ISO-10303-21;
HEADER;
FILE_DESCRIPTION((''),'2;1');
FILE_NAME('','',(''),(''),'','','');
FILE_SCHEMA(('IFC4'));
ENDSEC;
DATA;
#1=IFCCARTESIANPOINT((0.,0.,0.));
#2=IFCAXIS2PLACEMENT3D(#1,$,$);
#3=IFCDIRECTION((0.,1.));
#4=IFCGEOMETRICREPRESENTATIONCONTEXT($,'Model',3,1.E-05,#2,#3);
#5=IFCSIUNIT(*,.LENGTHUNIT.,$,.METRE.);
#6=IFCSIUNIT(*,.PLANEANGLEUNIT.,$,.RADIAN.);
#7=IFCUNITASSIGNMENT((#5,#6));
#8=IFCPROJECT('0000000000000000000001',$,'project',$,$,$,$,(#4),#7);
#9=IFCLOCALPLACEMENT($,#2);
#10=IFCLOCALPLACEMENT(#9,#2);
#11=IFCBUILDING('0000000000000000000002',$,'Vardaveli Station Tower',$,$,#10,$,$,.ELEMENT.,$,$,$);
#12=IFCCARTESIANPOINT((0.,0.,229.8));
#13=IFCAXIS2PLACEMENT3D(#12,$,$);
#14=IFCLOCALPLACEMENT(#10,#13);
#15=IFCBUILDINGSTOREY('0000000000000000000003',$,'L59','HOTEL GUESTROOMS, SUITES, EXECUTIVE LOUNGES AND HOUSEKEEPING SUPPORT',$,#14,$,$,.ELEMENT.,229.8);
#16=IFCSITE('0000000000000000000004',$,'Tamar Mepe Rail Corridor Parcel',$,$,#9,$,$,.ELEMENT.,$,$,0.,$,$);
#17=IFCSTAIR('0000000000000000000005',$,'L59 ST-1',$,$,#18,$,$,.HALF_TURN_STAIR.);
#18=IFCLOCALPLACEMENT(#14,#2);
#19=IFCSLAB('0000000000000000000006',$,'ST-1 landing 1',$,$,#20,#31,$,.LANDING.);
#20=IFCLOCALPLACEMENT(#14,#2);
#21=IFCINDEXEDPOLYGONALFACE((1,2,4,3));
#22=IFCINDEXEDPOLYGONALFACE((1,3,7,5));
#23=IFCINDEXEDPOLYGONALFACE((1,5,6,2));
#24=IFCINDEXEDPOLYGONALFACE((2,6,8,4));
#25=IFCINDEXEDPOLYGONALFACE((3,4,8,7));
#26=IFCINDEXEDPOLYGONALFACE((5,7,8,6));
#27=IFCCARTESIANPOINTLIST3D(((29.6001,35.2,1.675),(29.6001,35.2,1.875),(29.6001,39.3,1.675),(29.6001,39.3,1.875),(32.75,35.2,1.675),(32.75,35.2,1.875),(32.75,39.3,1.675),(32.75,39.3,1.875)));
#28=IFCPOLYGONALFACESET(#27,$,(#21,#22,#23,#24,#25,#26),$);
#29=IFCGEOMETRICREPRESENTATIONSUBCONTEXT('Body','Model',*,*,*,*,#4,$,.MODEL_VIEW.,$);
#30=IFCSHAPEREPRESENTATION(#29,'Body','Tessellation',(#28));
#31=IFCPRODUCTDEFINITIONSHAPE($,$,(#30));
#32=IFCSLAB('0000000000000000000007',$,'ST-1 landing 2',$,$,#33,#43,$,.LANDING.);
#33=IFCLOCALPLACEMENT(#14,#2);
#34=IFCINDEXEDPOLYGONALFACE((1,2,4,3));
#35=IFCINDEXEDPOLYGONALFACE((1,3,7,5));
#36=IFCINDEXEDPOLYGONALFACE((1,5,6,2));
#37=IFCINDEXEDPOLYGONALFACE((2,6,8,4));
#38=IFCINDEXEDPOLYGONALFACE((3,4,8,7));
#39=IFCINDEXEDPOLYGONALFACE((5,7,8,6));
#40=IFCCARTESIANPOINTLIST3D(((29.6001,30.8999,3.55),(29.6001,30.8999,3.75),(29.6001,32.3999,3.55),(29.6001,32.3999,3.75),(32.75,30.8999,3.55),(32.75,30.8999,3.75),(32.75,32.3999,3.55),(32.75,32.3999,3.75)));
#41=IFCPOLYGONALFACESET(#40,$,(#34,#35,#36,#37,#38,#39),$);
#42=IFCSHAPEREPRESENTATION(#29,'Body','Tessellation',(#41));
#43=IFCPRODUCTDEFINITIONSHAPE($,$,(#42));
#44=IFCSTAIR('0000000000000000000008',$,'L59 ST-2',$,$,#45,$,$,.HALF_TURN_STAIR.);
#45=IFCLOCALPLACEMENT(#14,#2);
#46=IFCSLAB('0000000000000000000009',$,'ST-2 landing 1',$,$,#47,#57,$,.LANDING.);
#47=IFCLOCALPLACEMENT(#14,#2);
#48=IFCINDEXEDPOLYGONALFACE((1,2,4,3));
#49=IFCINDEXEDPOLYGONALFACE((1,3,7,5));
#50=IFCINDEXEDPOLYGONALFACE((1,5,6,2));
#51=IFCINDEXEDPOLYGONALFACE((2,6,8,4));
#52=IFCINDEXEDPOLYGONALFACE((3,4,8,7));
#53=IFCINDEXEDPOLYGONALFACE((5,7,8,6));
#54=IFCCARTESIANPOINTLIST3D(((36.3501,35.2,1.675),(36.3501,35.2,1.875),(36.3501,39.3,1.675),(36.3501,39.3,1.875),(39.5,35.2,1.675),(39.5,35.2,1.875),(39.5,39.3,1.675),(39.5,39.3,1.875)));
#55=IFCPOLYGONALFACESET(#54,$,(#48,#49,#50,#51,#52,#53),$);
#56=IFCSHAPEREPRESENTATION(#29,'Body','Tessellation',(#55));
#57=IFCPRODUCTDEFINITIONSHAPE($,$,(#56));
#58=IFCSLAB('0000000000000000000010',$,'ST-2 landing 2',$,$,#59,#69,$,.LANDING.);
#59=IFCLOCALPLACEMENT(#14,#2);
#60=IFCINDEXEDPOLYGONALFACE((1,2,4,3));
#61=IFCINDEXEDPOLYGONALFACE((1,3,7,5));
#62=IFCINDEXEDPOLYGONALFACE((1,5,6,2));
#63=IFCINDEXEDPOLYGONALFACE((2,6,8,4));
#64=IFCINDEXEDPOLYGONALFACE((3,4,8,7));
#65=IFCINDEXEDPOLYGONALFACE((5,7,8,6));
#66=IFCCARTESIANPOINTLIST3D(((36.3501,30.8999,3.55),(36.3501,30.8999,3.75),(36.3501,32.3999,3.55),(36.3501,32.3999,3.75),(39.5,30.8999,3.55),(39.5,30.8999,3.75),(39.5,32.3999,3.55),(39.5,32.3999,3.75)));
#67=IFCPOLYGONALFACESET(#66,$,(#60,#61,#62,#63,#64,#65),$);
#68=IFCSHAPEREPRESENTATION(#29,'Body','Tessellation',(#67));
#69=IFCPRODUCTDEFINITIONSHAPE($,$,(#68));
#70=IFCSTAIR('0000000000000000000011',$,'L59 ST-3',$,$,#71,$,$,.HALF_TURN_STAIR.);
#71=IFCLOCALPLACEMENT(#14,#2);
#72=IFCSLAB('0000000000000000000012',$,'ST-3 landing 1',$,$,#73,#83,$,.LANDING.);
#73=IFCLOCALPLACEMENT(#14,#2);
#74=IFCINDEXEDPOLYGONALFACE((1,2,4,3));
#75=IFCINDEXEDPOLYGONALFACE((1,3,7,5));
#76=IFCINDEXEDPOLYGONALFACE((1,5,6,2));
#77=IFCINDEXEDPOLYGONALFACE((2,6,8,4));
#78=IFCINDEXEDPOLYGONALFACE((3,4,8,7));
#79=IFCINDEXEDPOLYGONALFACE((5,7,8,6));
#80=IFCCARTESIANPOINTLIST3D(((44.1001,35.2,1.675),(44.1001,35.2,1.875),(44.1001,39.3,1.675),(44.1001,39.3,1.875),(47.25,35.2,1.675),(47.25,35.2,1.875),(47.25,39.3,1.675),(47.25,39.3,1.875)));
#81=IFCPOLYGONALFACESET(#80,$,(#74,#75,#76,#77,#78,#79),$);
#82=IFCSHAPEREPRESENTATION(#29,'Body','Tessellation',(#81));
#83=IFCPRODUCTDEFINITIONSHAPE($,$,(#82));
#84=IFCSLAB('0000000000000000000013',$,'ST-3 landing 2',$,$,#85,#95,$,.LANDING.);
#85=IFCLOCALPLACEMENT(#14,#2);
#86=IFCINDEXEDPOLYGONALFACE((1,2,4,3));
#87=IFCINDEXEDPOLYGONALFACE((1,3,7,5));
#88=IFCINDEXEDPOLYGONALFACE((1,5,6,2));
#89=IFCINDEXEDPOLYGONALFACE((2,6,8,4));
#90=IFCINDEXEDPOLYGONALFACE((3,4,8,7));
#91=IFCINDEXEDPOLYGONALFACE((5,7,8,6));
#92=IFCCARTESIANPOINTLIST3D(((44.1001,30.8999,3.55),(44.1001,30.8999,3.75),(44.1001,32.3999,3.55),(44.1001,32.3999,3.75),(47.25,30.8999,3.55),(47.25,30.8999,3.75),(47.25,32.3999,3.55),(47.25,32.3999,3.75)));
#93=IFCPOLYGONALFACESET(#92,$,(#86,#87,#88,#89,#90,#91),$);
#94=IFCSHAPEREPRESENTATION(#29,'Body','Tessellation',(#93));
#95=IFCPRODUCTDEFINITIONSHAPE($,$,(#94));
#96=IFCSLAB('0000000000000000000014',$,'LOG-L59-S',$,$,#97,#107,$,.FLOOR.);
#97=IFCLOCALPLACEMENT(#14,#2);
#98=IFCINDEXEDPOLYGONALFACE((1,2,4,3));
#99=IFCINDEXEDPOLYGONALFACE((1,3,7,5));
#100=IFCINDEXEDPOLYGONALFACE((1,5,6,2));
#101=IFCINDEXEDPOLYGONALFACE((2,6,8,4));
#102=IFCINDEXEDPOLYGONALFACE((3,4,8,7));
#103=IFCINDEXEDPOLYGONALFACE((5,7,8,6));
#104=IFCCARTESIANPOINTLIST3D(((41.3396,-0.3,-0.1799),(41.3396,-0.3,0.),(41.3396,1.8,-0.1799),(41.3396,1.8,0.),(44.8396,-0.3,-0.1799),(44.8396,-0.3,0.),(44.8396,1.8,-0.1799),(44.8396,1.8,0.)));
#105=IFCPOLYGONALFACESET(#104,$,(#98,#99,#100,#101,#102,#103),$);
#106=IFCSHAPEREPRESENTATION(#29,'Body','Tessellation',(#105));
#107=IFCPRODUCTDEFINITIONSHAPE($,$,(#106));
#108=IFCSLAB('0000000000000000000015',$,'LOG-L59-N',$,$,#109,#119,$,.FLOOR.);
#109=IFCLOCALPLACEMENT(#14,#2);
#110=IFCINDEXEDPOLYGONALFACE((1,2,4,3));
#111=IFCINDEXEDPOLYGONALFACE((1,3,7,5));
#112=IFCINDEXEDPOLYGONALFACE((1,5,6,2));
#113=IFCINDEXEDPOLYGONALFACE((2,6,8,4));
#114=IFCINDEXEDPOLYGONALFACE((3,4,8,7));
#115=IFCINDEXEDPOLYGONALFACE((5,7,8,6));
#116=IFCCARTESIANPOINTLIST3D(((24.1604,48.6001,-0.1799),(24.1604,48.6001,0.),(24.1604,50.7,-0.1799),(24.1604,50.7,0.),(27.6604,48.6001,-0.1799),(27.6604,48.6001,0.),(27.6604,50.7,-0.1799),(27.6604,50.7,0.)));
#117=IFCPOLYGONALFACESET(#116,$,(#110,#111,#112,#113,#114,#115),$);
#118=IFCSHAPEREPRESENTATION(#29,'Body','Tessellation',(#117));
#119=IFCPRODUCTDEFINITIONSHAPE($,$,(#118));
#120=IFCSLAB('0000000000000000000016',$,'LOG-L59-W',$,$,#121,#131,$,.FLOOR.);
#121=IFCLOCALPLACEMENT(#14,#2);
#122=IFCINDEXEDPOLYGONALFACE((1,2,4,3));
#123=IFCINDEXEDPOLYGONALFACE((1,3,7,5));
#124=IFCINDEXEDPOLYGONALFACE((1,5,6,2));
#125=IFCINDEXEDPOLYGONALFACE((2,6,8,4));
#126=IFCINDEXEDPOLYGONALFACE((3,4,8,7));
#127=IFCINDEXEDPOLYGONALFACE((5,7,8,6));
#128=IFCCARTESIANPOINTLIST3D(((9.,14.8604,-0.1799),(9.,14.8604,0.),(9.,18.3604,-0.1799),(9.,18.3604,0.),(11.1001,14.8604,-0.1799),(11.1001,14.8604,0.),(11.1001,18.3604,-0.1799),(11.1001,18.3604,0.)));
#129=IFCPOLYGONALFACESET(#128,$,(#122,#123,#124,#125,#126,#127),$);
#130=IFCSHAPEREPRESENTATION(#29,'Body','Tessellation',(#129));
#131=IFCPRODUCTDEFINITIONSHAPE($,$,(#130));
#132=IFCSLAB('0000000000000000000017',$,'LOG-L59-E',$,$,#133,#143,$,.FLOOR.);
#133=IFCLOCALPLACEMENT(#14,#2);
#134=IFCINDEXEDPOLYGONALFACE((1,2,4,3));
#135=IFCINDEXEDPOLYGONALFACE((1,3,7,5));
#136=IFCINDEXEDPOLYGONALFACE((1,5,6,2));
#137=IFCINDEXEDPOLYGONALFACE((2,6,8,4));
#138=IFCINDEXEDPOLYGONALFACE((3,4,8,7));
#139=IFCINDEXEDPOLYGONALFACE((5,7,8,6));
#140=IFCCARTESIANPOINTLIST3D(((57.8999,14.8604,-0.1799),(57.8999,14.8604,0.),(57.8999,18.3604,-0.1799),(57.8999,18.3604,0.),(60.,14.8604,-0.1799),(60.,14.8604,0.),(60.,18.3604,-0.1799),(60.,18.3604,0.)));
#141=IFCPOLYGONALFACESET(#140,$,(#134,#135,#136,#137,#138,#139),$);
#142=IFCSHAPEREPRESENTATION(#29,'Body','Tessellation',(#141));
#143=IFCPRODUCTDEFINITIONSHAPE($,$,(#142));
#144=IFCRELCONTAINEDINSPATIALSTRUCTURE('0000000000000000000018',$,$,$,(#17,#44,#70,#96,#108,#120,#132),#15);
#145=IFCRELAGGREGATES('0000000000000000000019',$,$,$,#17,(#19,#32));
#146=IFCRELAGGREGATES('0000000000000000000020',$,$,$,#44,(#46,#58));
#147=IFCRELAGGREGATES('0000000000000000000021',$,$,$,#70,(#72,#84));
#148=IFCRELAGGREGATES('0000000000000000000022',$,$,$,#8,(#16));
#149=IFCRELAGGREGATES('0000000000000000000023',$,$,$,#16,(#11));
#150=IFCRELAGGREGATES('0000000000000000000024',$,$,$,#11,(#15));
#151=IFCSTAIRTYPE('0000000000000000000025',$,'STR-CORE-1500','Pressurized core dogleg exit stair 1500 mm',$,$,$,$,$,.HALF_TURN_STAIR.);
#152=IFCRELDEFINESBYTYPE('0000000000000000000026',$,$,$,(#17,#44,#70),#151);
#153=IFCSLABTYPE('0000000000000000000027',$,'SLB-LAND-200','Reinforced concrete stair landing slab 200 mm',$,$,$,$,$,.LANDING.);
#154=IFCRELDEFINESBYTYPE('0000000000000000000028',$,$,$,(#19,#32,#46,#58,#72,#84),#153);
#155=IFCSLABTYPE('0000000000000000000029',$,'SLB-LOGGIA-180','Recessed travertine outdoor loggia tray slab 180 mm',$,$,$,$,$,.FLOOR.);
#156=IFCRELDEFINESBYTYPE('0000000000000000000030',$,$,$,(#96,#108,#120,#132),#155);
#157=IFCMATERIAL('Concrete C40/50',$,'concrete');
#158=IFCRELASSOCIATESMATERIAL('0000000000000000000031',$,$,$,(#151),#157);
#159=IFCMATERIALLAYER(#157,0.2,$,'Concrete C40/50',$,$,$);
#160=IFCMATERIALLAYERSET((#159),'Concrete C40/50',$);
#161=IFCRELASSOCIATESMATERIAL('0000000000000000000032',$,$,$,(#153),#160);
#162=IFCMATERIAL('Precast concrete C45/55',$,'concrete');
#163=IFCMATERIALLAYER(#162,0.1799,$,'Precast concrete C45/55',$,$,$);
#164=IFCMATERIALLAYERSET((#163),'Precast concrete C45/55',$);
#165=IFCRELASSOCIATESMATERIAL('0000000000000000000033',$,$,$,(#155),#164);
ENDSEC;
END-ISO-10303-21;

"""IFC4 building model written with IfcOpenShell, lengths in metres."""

from ifc_helpers import new_model, si_unit, direction, frame, origin, place, context, subcontext, project, spatial, polyline, outline, extrude, material, layer, layer_set, type_object, element, aggregate, save


model = new_model("IFC4")

# Units and contexts
model_context = context("Model", 3, precision=1e-05, world=origin(), true_north=direction((0.0, 1.0)))
body_context = subcontext(model_context, "Body", "Model", "MODEL_VIEW")
ifc_project = project(units=[si_unit("LENGTHUNIT", "METRE"), si_unit("PLANEANGLEUNIT", "RADIAN")], contexts=[model_context])

# Site, building, storey
site_placement = place(None, origin())
site = spatial("IfcSite", under=ifc_project, at=site_placement, Name="Tamar Mepe Rail Corridor Parcel", CompositionType="ELEMENT", RefElevation=0.0)
building_placement = place(site_placement, origin())
building = spatial("IfcBuilding", under=site, at=building_placement, Name="Vardaveli Station Tower", CompositionType="ELEMENT")
storey_placement = place(building_placement, frame((0.0, 0.0, 229.8)))
storey = spatial("IfcBuildingStorey", under=building, at=storey_placement, Name="L59", Description="HOTEL GUESTROOMS, SUITES, EXECUTIVE LOUNGES AND HOUSEKEEPING SUPPORT", CompositionType="ELEMENT", Elevation=229.8)

# Stairs, slabs
ifc_material_1 = material(Name="Concrete C40/50", Category="concrete")
stair_type = type_object("IfcStairType", Name="STR-CORE-1500", Description="Pressurized core dogleg exit stair 1500 mm", PredefinedType="HALF_TURN_STAIR", material=ifc_material_1)
stair_1_placement = place(storey_placement, origin())
stair_1 = element("IfcStair", 1, at=stair_1_placement, inside=storey, type_object=stair_type, Name="L59 ST-1", PredefinedType="HALF_TURN_STAIR")
ifc_layer_1 = layer(ifc_material_1, 0.2, Name="Concrete C40/50")
ifc_layer_set_1 = layer_set([ifc_layer_1], Name="Concrete C40/50")
slab_type_1 = type_object("IfcSlabType", Name="SLB-LAND-200", Description="Reinforced concrete stair landing slab 200 mm", PredefinedType="LANDING", material=ifc_layer_set_1)
slab_1_placement = place(storey_placement, frame((0.0, 0.0, 1.675)))
slab_1 = element("IfcSlab", 2, at=slab_1_placement, type_object=slab_type_1, Name="ST-1 landing 1", PredefinedType="LANDING", context=body_context, shape_type="SweptSolid", body=[
    extrude(outline(polyline([(32.75, 35.2), (32.75, 39.3), (29.6001, 39.3), (29.6001, 35.2), (32.75, 35.2)])), origin(), (0.0, 0.0, 1.0), 0.2),
])
slab_2_placement = place(storey_placement, frame((0.0, 0.0, 3.55)))
slab_2 = element("IfcSlab", 3, at=slab_2_placement, type_object=slab_type_1, Name="ST-1 landing 2", PredefinedType="LANDING", context=body_context, shape_type="SweptSolid", body=[
    extrude(outline(polyline([(32.75, 30.8999), (32.75, 32.3999), (29.6001, 32.3999), (29.6001, 30.8999), (32.75, 30.8999)])), origin(), (0.0, 0.0, 1.0), 0.2),
])
aggregate(stair_1, [slab_1, slab_2])
stair_2_placement = place(storey_placement, origin())
stair_2 = element("IfcStair", 4, at=stair_2_placement, inside=storey, type_object=stair_type, Name="L59 ST-2", PredefinedType="HALF_TURN_STAIR")
slab_3_placement = place(storey_placement, frame((0.0, 0.0, 1.675)))
slab_3 = element("IfcSlab", 5, at=slab_3_placement, type_object=slab_type_1, Name="ST-2 landing 1", PredefinedType="LANDING", context=body_context, shape_type="SweptSolid", body=[
    extrude(outline(polyline([(39.5, 35.2), (39.5, 39.3), (36.3501, 39.3), (36.3501, 35.2), (39.5, 35.2)])), origin(), (0.0, 0.0, 1.0), 0.2),
])
slab_4_placement = place(storey_placement, frame((0.0, 0.0, 3.55)))
slab_4 = element("IfcSlab", 6, at=slab_4_placement, type_object=slab_type_1, Name="ST-2 landing 2", PredefinedType="LANDING", context=body_context, shape_type="SweptSolid", body=[
    extrude(outline(polyline([(39.5, 30.8999), (39.5, 32.3999), (36.3501, 32.3999), (36.3501, 30.8999), (39.5, 30.8999)])), origin(), (0.0, 0.0, 1.0), 0.2),
])
aggregate(stair_2, [slab_3, slab_4])
stair_3_placement = place(storey_placement, origin())
stair_3 = element("IfcStair", 7, at=stair_3_placement, inside=storey, type_object=stair_type, Name="L59 ST-3", PredefinedType="HALF_TURN_STAIR")
slab_5_placement = place(storey_placement, frame((0.0, 0.0, 1.675)))
slab_5 = element("IfcSlab", 8, at=slab_5_placement, type_object=slab_type_1, Name="ST-3 landing 1", PredefinedType="LANDING", context=body_context, shape_type="SweptSolid", body=[
    extrude(outline(polyline([(47.25, 35.2), (47.25, 39.3), (44.1001, 39.3), (44.1001, 35.2), (47.25, 35.2)])), origin(), (0.0, 0.0, 1.0), 0.2),
])
slab_6_placement = place(storey_placement, frame((0.0, 0.0, 3.55)))
slab_6 = element("IfcSlab", 9, at=slab_6_placement, type_object=slab_type_1, Name="ST-3 landing 2", PredefinedType="LANDING", context=body_context, shape_type="SweptSolid", body=[
    extrude(outline(polyline([(47.25, 30.8999), (47.25, 32.3999), (44.1001, 32.3999), (44.1001, 30.8999), (47.25, 30.8999)])), origin(), (0.0, 0.0, 1.0), 0.2),
])
aggregate(stair_3, [slab_5, slab_6])

# Slabs
ifc_material_2 = material(Name="Precast concrete C45/55", Category="concrete")
ifc_layer_2 = layer(ifc_material_2, 0.1799, Name="Precast concrete C45/55")
ifc_layer_set_2 = layer_set([ifc_layer_2], Name="Precast concrete C45/55")
slab_type_2 = type_object("IfcSlabType", Name="SLB-LOGGIA-180", Description="Recessed travertine outdoor loggia tray slab 180 mm", PredefinedType="FLOOR", material=ifc_layer_set_2)
slab_7_placement = place(storey_placement, frame((0.0, 0.0, -0.1799)))
element("IfcSlab", 10, at=slab_7_placement, inside=storey, type_object=slab_type_2, Name="LOG-L59-S", PredefinedType="FLOOR", context=body_context, shape_type="SweptSolid", body=[
    extrude(outline(polyline([(41.3396, -0.3), (44.8396, -0.3), (44.8396, 1.8), (41.3396, 1.8), (41.3396, -0.3)])), origin(), (0.0, 0.0, 1.0), 0.1799),
])
slab_8_placement = place(storey_placement, frame((0.0, 0.0, -0.1799)))
element("IfcSlab", 11, at=slab_8_placement, inside=storey, type_object=slab_type_2, Name="LOG-L59-N", PredefinedType="FLOOR", context=body_context, shape_type="SweptSolid", body=[
    extrude(outline(polyline([(24.1604, 48.6001), (27.6604, 48.6001), (27.6604, 50.7), (24.1604, 50.7), (24.1604, 48.6001)])), origin(), (0.0, 0.0, 1.0), 0.1799),
])
slab_9_placement = place(storey_placement, frame((0.0, 0.0, -0.1799)))
element("IfcSlab", 12, at=slab_9_placement, inside=storey, type_object=slab_type_2, Name="LOG-L59-W", PredefinedType="FLOOR", context=body_context, shape_type="SweptSolid", body=[
    extrude(outline(polyline([(9.0, 14.8604), (11.1001, 14.8604), (11.1001, 18.3604), (9.0, 18.3604), (9.0, 14.8604)])), origin(), (0.0, 0.0, 1.0), 0.1799),
])
slab_10_placement = place(storey_placement, frame((0.0, 0.0, -0.1799)))
element("IfcSlab", 13, at=slab_10_placement, inside=storey, type_object=slab_type_2, Name="LOG-L59-E", PredefinedType="FLOOR", context=body_context, shape_type="SweptSolid", body=[
    extrude(outline(polyline([(57.8999, 14.8604), (60.0, 14.8604), (60.0, 18.3604), (57.8999, 18.3604), (57.8999, 14.8604)])), origin(), (0.0, 0.0, 1.0), 0.1799),
])

save(model, "model.ifc")
